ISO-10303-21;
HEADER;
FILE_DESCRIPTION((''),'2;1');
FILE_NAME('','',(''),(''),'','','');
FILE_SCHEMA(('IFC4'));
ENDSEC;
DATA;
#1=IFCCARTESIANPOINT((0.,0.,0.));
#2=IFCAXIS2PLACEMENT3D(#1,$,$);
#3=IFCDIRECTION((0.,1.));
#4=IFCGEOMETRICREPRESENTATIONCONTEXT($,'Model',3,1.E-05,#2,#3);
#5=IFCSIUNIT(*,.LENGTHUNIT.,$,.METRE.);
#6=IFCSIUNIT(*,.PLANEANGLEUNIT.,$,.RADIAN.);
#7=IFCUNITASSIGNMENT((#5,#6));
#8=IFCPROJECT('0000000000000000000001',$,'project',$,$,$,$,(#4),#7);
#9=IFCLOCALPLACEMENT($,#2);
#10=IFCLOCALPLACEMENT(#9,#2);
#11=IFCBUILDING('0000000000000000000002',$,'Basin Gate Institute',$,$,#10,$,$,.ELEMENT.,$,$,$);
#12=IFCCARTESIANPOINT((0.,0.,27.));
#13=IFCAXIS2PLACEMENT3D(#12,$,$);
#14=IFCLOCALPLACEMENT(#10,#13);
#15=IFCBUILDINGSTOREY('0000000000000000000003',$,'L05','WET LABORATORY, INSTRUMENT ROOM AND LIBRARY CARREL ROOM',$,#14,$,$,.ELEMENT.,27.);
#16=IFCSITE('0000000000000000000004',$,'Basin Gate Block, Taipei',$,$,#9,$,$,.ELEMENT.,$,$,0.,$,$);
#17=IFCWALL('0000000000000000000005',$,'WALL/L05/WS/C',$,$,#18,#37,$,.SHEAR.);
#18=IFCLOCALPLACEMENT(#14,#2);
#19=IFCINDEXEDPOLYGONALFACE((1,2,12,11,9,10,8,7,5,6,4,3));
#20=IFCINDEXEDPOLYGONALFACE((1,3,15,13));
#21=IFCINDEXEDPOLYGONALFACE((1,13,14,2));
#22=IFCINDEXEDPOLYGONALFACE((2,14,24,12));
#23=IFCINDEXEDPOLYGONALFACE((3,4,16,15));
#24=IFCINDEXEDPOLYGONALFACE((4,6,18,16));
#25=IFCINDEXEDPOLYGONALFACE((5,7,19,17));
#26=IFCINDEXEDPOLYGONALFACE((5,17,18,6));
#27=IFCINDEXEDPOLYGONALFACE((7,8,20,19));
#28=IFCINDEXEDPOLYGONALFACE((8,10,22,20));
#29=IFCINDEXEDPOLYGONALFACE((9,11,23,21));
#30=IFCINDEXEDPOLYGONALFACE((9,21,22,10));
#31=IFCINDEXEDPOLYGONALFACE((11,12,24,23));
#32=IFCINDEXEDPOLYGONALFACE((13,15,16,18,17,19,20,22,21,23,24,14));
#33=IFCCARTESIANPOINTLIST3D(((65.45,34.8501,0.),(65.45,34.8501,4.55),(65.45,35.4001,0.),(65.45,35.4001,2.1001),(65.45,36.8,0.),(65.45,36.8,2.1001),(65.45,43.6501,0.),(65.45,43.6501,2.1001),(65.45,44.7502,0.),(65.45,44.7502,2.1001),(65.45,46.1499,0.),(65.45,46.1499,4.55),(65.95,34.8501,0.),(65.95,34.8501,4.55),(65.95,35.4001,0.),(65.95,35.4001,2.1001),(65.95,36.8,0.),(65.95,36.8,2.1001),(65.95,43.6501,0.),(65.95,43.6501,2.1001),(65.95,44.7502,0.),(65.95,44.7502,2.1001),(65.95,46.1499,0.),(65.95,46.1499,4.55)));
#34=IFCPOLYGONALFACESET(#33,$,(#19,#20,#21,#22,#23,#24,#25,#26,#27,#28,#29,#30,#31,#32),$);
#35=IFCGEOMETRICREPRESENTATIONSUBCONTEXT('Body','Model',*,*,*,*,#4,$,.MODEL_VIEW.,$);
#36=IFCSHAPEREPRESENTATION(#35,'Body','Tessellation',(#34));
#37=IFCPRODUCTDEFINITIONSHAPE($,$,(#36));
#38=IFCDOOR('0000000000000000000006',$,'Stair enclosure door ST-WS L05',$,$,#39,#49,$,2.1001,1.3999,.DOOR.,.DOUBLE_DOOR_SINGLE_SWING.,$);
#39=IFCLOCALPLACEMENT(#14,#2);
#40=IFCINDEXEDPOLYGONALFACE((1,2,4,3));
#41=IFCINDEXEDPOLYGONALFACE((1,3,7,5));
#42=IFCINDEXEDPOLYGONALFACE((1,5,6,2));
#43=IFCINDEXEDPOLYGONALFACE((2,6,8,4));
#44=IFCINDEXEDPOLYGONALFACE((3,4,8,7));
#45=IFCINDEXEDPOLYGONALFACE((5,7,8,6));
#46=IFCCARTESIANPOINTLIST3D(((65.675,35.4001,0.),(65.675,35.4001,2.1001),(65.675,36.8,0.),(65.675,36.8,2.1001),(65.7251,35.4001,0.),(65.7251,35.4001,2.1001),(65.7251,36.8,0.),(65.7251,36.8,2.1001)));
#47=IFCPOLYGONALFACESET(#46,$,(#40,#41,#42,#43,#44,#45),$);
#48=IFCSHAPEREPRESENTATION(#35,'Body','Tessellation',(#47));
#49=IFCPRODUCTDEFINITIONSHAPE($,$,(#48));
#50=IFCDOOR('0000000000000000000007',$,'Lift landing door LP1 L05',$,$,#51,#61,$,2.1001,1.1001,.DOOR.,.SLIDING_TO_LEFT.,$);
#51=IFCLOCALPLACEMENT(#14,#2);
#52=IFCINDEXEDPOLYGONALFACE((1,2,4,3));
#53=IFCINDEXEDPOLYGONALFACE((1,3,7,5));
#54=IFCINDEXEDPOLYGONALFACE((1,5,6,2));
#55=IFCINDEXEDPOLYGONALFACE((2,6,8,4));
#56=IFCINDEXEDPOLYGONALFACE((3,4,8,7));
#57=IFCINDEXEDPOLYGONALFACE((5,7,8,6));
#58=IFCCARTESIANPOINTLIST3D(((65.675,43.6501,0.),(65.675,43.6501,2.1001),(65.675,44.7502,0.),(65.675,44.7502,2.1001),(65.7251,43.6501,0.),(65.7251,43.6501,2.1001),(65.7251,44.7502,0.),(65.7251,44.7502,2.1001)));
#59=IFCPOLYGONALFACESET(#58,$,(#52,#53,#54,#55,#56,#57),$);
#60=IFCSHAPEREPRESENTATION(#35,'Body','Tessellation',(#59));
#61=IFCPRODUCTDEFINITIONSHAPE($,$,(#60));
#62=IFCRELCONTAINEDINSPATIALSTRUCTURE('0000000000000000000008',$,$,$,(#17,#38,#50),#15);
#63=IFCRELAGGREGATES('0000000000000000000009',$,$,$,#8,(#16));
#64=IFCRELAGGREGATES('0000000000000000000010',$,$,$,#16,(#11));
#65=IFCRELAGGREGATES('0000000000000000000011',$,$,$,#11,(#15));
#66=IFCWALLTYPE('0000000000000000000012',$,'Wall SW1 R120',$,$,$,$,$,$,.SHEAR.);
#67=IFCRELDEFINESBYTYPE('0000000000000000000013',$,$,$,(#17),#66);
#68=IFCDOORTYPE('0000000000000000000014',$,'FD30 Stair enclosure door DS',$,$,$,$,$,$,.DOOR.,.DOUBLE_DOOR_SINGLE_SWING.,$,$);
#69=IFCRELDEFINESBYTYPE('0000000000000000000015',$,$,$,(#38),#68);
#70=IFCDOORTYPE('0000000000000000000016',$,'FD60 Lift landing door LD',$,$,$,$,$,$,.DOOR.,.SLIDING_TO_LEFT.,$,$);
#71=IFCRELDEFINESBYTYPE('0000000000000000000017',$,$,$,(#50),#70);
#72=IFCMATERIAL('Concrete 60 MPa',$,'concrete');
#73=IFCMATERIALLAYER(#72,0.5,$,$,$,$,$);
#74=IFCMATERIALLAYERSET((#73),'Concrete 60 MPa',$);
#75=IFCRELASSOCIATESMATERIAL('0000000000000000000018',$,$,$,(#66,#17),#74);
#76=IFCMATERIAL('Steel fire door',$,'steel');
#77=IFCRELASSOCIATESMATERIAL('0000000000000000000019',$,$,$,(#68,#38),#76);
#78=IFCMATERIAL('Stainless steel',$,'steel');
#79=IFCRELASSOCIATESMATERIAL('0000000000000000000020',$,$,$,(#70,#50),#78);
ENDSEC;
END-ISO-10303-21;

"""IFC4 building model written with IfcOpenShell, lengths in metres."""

from ifc_helpers import new_model, si_unit, direction, frame, frame_2d, origin, place, context, subcontext, project, spatial, rectangle, extrude, material, layer, layer_set, type_object, element, fill, save


model = new_model("IFC4")

# Units and contexts
model_context = context("Model", 3, precision=1e-05, world=origin(), true_north=direction((0.0, 1.0)))
body_context = subcontext(model_context, "Body", "Model", "MODEL_VIEW")
ifc_project = project(units=[si_unit("LENGTHUNIT", "METRE"), si_unit("PLANEANGLEUNIT", "RADIAN")], contexts=[model_context])

# Site, building, storey
site_placement = place(None, origin())
site = spatial("IfcSite", under=ifc_project, at=site_placement, Name="Basin Gate Block, Taipei", CompositionType="ELEMENT", RefElevation=0.0)
building_placement = place(site_placement, origin())
building = spatial("IfcBuilding", under=site, at=building_placement, Name="Basin Gate Institute", CompositionType="ELEMENT")
storey_placement = place(building_placement, frame((0.0, 0.0, 27.0)))
storey = spatial("IfcBuildingStorey", under=building, at=storey_placement, Name="L05", Description="WET LABORATORY, INSTRUMENT ROOM AND LIBRARY CARREL ROOM", CompositionType="ELEMENT", Elevation=27.0)

# Wall, openings, doors
ifc_material_1 = material(Name="Concrete 60 MPa", Category="concrete")
ifc_layer_1 = layer(ifc_material_1, 0.5)
ifc_layer_set_1 = layer_set([ifc_layer_1], Name="Concrete 60 MPa")
wall_type_1 = type_object("IfcWallType", Name="Wall SW1 R120", PredefinedType="SHEAR", material=ifc_layer_set_1)
wall_1_placement = place(storey_placement, frame((65.7, 34.8501, 0.0), z_axis=(0.0, 0.0, 1.0), x_axis=(0.0, 1.0, 0.0)))
wall_1 = element("IfcWall", 1, at=wall_1_placement, inside=storey, type_object=wall_type_1, material=ifc_layer_set_1, Name="WALL/L05/WS/C", PredefinedType="SHEAR", context=body_context, shape_type="SweptSolid", body=[
    extrude(rectangle(XDim=11.2998, YDim=0.5, at=frame_2d((5.6499, 0.0))), origin(), (0.0, 0.0, 1.0), 4.55),
])
opening_1_placement = place(wall_1_placement, frame((0.55, 0.0, 0.0)))
opening_1 = element("IfcOpeningElement", 2, at=opening_1_placement, cuts=wall_1, PredefinedType="OPENING", context=body_context, shape_type="SweptSolid", body=[
    extrude(rectangle(XDim=1.3999, YDim=2.1001, at=frame_2d((0.7, 1.05))), frame((0.0, 0.26, 0.0), z_axis=(0.0, -1.0, 0.0), x_axis=(1.0, 0.0, 0.0)), (0.0, 0.0, 1.0), 0.52),
])
opening_2_placement = place(wall_1_placement, frame((8.8, 0.0, 0.0)))
opening_2 = element("IfcOpeningElement", 3, at=opening_2_placement, cuts=wall_1, PredefinedType="OPENING", context=body_context, shape_type="SweptSolid", body=[
    extrude(rectangle(XDim=1.1001, YDim=2.1001, at=frame_2d((0.55, 1.05))), frame((0.0, 0.26, 0.0), z_axis=(0.0, -1.0, 0.0), x_axis=(1.0, 0.0, 0.0)), (0.0, 0.0, 1.0), 0.52),
])
ifc_material_2 = material(Name="Steel fire door", Category="steel")
door_type_1 = type_object("IfcDoorType", Name="FD30 Stair enclosure door DS", OperationType="DOUBLE_DOOR_SINGLE_SWING", PredefinedType="DOOR", material=ifc_material_2)
door_1_placement = place(opening_1_placement, origin())
door_1 = element("IfcDoor", 4, at=door_1_placement, inside=storey, type_object=door_type_1, material=ifc_material_2, Name="Stair enclosure door ST-WS L05", OperationType="DOUBLE_DOOR_SINGLE_SWING", OverallHeight=2.1001, OverallWidth=1.3999, PredefinedType="DOOR", context=body_context, shape_type="SweptSolid", body=[
    extrude(rectangle(XDim=1.3999, YDim=2.1001, at=frame_2d((0.7, 1.05))), frame((0.0, 0.0249, 0.0), z_axis=(0.0, -1.0, 0.0), x_axis=(1.0, 0.0, 0.0)), (0.0, 0.0, 1.0), 0.05),
])
fill(opening_1, door_1)
ifc_material_3 = material(Name="Stainless steel", Category="steel")
door_type_2 = type_object("IfcDoorType", Name="FD60 Lift landing door LD", OperationType="SLIDING_TO_LEFT", PredefinedType="DOOR", material=ifc_material_3)
door_2_placement = place(opening_2_placement, origin())
door_2 = element("IfcDoor", 5, at=door_2_placement, inside=storey, type_object=door_type_2, material=ifc_material_3, Name="Lift landing door LP1 L05", OperationType="SLIDING_TO_LEFT", OverallHeight=2.1001, OverallWidth=1.1001, PredefinedType="DOOR", context=body_context, shape_type="SweptSolid", body=[
    extrude(rectangle(XDim=1.1001, YDim=2.1001, at=frame_2d((0.55, 1.05))), frame((0.0, 0.0249, 0.0), z_axis=(0.0, -1.0, 0.0), x_axis=(1.0, 0.0, 0.0)), (0.0, 0.0, 1.0), 0.05),
])
fill(opening_2, door_2)

save(model, "model.ifc")
